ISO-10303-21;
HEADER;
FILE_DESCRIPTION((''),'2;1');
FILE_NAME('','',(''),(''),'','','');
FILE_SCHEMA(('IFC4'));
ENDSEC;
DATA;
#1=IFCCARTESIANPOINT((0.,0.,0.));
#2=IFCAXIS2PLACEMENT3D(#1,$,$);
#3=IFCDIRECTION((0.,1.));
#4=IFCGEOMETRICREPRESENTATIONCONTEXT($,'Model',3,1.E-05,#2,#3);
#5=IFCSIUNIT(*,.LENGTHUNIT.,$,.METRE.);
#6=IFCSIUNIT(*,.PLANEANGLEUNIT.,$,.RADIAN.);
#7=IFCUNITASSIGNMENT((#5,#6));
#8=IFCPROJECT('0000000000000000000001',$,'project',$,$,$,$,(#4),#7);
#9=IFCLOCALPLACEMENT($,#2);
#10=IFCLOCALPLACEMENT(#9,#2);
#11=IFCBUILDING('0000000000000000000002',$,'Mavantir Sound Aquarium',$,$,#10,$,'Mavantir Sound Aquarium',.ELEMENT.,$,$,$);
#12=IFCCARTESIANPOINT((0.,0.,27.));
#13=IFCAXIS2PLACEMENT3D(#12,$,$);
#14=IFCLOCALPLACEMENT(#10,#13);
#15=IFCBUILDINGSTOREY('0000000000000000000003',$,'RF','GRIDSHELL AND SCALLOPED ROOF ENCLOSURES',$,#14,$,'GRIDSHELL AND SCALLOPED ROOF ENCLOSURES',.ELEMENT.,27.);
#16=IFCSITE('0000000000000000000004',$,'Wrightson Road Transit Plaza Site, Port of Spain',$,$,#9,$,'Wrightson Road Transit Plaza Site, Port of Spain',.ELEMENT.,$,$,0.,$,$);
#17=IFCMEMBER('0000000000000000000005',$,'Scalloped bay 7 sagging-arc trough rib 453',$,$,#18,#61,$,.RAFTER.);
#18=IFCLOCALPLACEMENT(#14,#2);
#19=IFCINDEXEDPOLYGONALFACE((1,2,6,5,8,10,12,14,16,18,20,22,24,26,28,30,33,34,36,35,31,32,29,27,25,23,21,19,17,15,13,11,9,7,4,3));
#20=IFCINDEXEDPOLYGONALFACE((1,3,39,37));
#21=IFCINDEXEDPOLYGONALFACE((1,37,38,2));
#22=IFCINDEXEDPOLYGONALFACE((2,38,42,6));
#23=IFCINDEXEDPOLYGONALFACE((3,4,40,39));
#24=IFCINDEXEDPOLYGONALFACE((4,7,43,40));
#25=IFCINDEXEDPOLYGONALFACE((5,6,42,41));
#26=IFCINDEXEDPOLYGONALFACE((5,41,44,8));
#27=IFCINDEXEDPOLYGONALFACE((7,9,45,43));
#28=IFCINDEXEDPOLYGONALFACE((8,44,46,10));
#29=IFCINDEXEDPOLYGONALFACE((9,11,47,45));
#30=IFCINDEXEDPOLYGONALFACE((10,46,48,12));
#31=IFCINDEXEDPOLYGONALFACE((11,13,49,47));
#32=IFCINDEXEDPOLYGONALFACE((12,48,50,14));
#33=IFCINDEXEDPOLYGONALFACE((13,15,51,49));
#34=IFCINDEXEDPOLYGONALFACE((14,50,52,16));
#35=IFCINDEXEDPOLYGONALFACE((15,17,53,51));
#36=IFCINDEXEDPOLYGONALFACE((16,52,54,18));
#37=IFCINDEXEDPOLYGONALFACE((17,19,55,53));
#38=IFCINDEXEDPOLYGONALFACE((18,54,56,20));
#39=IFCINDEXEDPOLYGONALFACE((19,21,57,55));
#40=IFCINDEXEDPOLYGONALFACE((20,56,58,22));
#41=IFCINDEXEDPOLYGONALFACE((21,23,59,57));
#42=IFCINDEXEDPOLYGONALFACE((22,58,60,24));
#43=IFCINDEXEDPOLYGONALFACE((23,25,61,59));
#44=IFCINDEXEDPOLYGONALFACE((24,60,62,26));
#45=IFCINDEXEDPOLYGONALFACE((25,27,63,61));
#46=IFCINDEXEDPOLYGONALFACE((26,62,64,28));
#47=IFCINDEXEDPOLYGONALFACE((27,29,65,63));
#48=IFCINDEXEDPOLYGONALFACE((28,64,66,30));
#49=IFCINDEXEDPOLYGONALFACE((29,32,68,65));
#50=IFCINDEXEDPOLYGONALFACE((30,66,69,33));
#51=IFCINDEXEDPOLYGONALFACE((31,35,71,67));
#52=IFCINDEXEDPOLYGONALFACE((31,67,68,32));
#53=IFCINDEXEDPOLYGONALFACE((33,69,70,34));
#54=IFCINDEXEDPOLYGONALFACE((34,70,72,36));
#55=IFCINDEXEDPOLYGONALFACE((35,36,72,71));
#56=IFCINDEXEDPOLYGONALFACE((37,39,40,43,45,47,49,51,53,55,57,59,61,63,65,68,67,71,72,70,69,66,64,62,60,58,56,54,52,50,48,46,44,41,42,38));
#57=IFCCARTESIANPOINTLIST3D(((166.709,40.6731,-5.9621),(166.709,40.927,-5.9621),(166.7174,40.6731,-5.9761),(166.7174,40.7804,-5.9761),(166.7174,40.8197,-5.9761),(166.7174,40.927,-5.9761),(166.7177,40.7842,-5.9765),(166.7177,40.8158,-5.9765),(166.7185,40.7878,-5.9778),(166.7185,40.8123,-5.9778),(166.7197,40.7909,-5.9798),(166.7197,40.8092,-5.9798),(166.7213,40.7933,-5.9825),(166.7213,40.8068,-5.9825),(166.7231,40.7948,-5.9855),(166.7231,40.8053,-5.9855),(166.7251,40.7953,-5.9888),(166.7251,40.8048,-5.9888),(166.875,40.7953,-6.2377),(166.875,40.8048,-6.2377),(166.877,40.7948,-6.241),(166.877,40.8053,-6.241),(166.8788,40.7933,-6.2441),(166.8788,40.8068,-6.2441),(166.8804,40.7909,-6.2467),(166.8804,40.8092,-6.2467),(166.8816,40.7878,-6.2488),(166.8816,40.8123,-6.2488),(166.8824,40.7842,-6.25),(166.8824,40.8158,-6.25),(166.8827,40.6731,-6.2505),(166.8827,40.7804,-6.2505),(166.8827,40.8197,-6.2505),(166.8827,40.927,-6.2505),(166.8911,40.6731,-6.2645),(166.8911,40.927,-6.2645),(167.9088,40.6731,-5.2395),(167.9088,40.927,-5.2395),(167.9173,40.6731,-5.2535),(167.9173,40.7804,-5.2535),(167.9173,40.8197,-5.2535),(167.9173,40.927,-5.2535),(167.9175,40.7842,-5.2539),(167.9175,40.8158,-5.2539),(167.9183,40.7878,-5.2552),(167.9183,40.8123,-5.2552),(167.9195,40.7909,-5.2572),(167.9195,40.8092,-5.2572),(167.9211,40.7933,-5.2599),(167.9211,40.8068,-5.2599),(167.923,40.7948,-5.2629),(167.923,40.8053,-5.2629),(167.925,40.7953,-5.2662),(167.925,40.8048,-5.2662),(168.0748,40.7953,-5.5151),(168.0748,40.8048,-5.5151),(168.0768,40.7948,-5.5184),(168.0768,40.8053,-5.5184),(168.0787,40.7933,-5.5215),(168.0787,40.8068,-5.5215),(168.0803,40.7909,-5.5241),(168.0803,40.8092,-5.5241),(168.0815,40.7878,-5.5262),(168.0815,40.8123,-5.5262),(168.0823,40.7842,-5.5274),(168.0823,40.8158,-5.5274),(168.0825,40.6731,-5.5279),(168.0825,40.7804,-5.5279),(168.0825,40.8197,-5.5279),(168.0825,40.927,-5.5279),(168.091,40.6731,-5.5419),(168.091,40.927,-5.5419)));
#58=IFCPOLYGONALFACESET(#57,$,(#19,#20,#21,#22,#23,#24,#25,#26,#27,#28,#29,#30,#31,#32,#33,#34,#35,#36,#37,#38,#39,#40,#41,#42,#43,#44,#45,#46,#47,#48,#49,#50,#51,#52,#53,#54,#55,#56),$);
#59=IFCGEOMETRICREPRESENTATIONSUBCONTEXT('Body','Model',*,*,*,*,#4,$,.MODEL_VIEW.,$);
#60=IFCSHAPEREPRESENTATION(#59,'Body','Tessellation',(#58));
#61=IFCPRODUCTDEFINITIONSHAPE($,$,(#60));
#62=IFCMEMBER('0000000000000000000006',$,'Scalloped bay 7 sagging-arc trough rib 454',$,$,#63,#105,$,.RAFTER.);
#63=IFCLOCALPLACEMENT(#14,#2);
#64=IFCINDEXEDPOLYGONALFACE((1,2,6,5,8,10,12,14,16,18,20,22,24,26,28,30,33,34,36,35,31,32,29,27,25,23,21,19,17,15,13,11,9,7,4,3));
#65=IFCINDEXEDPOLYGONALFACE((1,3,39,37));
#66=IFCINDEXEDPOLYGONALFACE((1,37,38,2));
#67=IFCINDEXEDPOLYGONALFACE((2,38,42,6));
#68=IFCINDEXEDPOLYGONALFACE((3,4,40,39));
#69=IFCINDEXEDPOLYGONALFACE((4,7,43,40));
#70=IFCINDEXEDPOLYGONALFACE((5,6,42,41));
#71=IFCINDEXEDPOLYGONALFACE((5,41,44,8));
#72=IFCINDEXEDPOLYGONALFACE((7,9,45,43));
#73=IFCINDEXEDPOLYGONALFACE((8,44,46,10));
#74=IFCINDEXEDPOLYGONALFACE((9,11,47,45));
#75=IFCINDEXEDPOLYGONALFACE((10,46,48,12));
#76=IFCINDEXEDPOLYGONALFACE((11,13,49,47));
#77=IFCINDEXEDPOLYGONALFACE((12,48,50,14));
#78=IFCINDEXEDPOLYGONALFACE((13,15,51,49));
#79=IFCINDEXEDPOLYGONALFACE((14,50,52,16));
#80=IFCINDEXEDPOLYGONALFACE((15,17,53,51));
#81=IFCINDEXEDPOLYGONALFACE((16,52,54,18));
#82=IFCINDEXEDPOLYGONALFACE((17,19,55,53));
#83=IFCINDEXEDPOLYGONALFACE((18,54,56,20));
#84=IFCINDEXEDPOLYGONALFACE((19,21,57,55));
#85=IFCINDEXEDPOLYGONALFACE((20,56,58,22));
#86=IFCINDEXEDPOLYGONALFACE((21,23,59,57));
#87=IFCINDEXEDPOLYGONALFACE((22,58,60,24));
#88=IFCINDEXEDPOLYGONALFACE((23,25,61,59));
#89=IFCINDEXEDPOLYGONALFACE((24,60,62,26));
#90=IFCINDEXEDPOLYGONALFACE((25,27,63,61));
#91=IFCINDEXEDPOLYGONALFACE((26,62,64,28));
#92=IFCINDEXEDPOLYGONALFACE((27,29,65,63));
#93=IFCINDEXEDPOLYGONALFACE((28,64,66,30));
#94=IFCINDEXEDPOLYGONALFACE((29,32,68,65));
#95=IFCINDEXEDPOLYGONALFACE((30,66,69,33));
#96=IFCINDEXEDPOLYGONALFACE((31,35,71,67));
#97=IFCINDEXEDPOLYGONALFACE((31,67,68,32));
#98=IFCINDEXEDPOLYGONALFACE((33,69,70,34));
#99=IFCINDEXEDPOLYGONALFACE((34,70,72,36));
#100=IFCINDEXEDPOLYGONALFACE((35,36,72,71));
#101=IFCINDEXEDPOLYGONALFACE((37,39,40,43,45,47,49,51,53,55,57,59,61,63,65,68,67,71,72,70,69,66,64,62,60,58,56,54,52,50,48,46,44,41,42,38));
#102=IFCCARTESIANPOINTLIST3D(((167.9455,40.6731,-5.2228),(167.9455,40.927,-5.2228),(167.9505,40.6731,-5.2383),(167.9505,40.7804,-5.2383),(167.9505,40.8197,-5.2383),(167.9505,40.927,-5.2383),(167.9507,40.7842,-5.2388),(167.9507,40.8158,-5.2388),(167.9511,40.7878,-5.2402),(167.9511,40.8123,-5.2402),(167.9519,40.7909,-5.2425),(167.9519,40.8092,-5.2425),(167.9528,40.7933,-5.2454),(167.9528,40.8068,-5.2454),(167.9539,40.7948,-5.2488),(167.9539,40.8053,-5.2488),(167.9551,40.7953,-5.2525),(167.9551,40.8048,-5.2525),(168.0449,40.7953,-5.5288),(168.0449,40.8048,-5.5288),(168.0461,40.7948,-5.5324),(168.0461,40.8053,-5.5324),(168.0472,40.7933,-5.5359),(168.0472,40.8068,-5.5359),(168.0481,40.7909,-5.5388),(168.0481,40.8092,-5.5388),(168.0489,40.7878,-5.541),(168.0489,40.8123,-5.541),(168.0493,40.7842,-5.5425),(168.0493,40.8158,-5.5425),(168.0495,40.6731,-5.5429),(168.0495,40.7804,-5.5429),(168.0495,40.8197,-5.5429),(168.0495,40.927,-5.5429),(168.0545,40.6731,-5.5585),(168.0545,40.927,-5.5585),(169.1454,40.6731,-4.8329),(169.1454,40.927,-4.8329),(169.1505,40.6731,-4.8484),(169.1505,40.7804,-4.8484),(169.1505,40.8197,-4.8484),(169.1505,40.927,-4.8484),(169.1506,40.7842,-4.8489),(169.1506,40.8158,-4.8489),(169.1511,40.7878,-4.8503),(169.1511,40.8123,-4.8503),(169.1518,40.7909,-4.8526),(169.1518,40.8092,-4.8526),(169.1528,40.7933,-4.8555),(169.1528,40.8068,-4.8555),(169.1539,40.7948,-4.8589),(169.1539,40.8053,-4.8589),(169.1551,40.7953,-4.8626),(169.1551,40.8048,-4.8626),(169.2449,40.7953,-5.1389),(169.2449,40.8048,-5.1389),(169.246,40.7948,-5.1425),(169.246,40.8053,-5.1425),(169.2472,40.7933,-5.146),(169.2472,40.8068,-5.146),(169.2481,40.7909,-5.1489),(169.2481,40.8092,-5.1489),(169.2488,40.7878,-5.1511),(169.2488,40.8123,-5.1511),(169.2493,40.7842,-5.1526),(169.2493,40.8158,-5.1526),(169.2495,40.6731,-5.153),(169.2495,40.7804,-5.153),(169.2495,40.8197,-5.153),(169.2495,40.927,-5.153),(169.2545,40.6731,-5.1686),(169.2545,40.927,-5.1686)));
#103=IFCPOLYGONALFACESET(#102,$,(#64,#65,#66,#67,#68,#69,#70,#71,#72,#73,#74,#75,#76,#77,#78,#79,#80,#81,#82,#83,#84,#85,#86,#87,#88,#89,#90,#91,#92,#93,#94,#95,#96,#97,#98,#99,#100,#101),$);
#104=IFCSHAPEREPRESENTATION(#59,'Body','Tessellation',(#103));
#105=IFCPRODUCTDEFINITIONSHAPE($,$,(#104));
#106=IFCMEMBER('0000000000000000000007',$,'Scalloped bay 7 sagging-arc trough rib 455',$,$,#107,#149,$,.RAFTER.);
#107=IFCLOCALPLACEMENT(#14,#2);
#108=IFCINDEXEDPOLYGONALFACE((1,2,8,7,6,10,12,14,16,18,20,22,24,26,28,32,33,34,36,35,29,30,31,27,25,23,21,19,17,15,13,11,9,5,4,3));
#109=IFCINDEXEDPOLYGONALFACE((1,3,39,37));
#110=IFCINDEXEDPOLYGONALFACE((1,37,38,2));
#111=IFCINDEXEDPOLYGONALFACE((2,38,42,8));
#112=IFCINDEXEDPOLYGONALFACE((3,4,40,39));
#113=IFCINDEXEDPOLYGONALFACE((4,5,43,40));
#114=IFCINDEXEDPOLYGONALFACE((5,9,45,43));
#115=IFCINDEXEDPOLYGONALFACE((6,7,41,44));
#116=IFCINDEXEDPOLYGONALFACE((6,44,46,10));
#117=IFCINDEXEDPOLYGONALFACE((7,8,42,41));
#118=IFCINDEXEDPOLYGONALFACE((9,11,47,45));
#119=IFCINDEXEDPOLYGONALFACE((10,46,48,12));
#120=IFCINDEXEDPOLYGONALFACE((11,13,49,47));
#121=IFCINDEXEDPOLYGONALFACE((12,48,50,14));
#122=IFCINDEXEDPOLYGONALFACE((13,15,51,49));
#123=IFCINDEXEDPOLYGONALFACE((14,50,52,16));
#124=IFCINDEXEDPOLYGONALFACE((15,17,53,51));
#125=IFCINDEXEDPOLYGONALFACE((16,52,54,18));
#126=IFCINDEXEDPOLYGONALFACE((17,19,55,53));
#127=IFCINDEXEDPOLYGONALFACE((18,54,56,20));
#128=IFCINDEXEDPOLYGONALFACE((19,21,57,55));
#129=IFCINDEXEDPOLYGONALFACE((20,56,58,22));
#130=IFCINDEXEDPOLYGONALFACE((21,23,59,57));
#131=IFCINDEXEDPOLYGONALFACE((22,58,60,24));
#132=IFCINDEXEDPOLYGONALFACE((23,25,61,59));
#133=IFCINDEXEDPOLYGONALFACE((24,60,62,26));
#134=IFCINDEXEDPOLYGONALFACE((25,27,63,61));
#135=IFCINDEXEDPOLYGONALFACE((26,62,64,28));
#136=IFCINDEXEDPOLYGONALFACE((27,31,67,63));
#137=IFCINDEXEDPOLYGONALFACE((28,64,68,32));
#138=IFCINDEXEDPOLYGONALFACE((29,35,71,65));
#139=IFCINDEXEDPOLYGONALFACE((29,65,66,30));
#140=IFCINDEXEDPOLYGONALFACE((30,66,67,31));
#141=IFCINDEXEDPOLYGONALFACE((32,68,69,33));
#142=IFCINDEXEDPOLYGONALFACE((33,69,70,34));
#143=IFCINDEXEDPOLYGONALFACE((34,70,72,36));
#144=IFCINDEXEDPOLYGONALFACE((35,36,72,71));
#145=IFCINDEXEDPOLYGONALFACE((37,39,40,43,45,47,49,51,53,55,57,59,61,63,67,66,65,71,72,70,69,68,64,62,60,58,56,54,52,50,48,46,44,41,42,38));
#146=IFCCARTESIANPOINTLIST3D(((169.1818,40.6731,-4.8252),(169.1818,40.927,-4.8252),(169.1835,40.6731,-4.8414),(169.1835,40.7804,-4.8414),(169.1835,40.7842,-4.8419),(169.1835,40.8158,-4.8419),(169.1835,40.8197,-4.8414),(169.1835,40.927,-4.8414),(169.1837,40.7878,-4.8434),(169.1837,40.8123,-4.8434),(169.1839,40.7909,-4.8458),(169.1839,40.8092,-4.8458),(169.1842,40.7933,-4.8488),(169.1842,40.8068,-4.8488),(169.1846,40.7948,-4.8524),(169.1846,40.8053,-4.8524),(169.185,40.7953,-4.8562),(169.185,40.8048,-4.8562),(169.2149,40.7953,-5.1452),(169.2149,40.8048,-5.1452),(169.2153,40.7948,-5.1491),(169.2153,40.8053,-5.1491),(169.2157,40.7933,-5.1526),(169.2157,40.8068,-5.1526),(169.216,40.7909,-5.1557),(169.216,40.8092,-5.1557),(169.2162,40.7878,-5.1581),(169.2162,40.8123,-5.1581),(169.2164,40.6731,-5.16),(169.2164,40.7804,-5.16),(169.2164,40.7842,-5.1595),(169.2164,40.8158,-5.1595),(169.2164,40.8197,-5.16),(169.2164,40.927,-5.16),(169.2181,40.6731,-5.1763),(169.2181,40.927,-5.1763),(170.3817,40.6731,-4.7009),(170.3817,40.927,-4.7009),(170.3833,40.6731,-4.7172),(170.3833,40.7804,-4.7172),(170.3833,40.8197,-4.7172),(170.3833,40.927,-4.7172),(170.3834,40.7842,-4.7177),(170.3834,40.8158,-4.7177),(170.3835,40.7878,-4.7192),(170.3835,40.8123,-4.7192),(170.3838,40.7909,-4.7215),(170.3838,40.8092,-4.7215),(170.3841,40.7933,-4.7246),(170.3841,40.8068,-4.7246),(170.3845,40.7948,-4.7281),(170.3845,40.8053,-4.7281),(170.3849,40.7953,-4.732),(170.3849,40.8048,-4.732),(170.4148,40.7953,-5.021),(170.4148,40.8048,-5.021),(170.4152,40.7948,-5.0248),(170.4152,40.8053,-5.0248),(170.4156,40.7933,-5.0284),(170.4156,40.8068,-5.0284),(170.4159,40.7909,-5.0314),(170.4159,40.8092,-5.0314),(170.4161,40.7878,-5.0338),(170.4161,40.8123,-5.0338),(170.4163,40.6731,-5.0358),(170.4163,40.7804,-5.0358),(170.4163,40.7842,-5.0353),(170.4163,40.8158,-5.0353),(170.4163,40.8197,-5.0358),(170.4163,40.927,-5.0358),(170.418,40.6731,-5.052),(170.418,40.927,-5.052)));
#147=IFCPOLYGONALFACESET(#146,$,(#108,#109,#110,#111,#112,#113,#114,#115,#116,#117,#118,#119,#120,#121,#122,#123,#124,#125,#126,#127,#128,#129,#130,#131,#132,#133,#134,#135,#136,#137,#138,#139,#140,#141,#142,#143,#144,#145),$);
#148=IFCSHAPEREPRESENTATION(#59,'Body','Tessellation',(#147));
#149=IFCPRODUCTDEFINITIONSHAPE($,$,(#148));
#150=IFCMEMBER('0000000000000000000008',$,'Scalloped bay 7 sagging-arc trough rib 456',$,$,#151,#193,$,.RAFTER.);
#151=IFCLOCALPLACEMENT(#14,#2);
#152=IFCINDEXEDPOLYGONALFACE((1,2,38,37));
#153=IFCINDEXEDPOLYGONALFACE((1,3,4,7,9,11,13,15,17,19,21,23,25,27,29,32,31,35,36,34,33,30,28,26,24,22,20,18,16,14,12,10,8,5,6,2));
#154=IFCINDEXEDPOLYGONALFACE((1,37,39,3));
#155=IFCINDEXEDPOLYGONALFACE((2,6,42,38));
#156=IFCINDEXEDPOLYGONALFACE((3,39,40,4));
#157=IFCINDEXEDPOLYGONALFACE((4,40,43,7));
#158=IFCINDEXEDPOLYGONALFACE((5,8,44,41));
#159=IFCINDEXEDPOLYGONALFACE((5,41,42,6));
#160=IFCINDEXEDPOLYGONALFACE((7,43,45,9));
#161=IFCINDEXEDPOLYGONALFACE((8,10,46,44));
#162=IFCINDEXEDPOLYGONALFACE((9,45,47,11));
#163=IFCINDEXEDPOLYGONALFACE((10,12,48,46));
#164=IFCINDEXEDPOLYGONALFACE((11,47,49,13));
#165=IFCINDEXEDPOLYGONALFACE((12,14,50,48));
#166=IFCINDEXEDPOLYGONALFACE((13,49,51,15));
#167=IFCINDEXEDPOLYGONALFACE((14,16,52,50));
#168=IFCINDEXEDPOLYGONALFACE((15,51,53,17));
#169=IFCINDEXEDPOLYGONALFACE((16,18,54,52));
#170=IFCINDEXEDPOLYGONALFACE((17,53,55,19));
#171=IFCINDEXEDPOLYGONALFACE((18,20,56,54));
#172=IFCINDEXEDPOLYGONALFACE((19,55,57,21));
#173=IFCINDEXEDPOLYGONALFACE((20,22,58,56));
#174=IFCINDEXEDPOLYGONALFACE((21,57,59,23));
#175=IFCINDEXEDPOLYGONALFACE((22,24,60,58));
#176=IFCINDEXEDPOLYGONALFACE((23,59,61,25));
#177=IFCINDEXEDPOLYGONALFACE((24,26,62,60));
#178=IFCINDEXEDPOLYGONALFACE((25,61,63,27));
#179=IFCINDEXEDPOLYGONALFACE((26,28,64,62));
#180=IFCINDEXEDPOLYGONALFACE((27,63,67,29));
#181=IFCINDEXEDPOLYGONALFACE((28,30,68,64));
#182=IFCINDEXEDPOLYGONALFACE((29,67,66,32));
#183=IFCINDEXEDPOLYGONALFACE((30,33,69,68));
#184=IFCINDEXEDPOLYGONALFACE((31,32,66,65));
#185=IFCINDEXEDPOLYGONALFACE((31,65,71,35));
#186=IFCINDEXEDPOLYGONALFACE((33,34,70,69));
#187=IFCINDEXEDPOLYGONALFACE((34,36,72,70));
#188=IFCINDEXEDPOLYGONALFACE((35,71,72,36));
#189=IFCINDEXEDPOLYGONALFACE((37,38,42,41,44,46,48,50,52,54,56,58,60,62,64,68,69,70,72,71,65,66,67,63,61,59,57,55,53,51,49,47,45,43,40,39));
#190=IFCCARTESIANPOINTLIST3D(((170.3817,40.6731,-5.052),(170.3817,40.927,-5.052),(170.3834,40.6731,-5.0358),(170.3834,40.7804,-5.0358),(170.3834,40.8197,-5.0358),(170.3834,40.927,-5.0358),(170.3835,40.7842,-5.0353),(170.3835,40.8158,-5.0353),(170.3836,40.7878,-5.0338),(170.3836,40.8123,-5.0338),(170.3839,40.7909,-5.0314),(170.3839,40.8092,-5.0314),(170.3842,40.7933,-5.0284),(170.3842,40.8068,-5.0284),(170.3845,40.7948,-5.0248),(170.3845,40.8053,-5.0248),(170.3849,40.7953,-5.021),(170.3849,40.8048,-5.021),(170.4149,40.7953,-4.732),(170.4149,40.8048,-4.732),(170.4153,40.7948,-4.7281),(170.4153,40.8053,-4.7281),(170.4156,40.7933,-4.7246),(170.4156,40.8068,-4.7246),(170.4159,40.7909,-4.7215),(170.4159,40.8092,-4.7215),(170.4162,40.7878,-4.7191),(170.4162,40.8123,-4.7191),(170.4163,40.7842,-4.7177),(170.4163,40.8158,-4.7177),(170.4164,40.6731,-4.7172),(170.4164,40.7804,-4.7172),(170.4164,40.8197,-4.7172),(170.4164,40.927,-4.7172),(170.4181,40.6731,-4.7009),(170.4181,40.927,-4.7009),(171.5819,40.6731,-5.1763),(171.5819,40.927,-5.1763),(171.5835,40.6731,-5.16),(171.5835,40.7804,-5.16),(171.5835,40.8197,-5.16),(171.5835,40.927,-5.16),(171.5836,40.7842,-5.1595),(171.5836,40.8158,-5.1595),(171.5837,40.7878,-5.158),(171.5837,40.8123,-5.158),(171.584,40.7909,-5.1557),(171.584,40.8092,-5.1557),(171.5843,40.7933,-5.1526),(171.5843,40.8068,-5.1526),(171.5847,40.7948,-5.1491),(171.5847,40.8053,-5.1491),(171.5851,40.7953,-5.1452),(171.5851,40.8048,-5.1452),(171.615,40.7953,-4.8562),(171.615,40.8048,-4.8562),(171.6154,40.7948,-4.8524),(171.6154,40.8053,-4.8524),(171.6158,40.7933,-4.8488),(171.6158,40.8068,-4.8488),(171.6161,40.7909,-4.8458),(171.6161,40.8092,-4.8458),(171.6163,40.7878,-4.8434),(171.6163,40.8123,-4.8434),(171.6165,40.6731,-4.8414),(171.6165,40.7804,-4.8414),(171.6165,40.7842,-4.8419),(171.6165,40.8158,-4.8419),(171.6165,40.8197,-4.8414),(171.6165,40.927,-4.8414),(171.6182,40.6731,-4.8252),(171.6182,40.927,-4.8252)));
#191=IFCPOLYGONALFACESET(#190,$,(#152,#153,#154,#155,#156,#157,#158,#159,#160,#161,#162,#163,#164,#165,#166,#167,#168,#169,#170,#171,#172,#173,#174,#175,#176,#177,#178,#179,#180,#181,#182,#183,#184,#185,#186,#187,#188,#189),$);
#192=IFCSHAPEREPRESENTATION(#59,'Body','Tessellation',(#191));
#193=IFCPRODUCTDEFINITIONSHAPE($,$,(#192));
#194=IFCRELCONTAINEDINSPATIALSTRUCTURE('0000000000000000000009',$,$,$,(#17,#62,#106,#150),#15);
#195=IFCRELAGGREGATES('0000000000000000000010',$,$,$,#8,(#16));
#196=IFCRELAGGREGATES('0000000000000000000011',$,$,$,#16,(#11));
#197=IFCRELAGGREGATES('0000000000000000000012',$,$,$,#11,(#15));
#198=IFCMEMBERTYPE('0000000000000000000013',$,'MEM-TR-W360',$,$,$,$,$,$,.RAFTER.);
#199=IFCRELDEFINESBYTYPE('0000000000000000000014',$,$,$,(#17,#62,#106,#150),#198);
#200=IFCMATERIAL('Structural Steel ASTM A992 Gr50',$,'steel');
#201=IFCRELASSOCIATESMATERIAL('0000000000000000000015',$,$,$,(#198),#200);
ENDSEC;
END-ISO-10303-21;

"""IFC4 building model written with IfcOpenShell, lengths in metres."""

from ifc_helpers import new_model, si_unit, direction, frame, origin, origin_2d, place, context, subcontext, project, spatial, i_section, extrude, material, material_profile, profile_set, type_object, element, save


model = new_model("IFC4")

# Units and contexts
model_context = context("Model", 3, precision=1e-05, world=origin(), true_north=direction((0.0, 1.0)))
body_context = subcontext(model_context, "Body", "Model", "MODEL_VIEW")
ifc_project = project(units=[si_unit("LENGTHUNIT", "METRE"), si_unit("PLANEANGLEUNIT", "RADIAN")], contexts=[model_context])

# Site, building, storey
site_placement = place(None, origin())
site = spatial("IfcSite", under=ifc_project, at=site_placement, Name="Wrightson Road Transit Plaza Site, Port of Spain", LongName="Wrightson Road Transit Plaza Site, Port of Spain", CompositionType="ELEMENT", RefElevation=0.0)
building_placement = place(site_placement, origin())
building = spatial("IfcBuilding", under=site, at=building_placement, Name="Mavantir Sound Aquarium", LongName="Mavantir Sound Aquarium", CompositionType="ELEMENT")
storey_placement = place(building_placement, frame((0.0, 0.0, 27.0)))
storey = spatial("IfcBuildingStorey", under=building, at=storey_placement, Name="RF", Description="GRIDSHELL AND SCALLOPED ROOF ENCLOSURES", LongName="GRIDSHELL AND SCALLOPED ROOF ENCLOSURES", CompositionType="ELEMENT", Elevation=27.0)

# Shared definitions
ifc_material_1 = material(Name="Structural Steel ASTM A992 Gr50", Category="steel")

# Members
ifc_material_profile_1 = material_profile(ifc_material_1, i_section(OverallWidth=0.2539, OverallDepth=0.353, WebThickness=0.0095, FlangeThickness=0.0164, FilletRadius=0.0149, at=origin_2d()), Name="W360X91")
ifc_profile_set_1 = profile_set([ifc_material_profile_1], Name="Structural Steel ASTM A992 Gr50")
member_type_1 = type_object("IfcMemberType", Name="MEM-TR-W360", PredefinedType="RAFTER", material=ifc_profile_set_1)
member_1_placement = place(storey_placement, frame((166.8, 40.8, -6.1133), z_axis=(0.856646, 0.0, 0.515905), x_axis=(0.0, 1.0, 0.0)))
element("IfcMember", 1, at=member_1_placement, inside=storey, type_object=member_type_1, Name="Scalloped bay 7 sagging-arc trough rib 453", PredefinedType="RAFTER", context=body_context, shape_type="SweptSolid", body=[
    extrude(i_section(OverallWidth=0.2539, OverallDepth=0.353, WebThickness=0.0095, FlangeThickness=0.0164, FilletRadius=0.0149, at=origin_2d()), origin(), (0.0, 0.0, 1.0), 1.4006),
])
member_2_placement = place(storey_placement, frame((168.0, 40.8, -5.3906), z_axis=(0.951055, 0.0, 0.30902), x_axis=(0.0, 1.0, 0.0)))
element("IfcMember", 2, at=member_2_placement, inside=storey, type_object=member_type_1, Name="Scalloped bay 7 sagging-arc trough rib 454", PredefinedType="RAFTER", context=body_context, shape_type="SweptSolid", body=[
    extrude(i_section(OverallWidth=0.2539, OverallDepth=0.353, WebThickness=0.0095, FlangeThickness=0.0164, FilletRadius=0.0149, at=origin_2d()), origin(), (0.0, 0.0, 1.0), 1.2617),
])
member_3_placement = place(storey_placement, frame((169.2, 40.8, -5.0007), z_axis=(0.99468, 0.0, 0.10301), x_axis=(0.0, 1.0, 0.0)))
element("IfcMember", 3, at=member_3_placement, inside=storey, type_object=member_type_1, Name="Scalloped bay 7 sagging-arc trough rib 455", PredefinedType="RAFTER", context=body_context, shape_type="SweptSolid", body=[
    extrude(i_section(OverallWidth=0.2539, OverallDepth=0.353, WebThickness=0.0095, FlangeThickness=0.0164, FilletRadius=0.0149, at=origin_2d()), origin(), (0.0, 0.0, 1.0), 1.2063),
])
member_4_placement = place(storey_placement, frame((170.3999, 40.8, -4.8765), z_axis=(0.994683, 0.0, -0.102989), x_axis=(0.0, 1.0, 0.0)))
element("IfcMember", 4, at=member_4_placement, inside=storey, type_object=member_type_1, Name="Scalloped bay 7 sagging-arc trough rib 456", PredefinedType="RAFTER", context=body_context, shape_type="SweptSolid", body=[
    extrude(i_section(OverallWidth=0.2539, OverallDepth=0.353, WebThickness=0.0095, FlangeThickness=0.0164, FilletRadius=0.0149, at=origin_2d()), origin(), (0.0, 0.0, 1.0), 1.2065),
])

save(model, "model.ifc")
